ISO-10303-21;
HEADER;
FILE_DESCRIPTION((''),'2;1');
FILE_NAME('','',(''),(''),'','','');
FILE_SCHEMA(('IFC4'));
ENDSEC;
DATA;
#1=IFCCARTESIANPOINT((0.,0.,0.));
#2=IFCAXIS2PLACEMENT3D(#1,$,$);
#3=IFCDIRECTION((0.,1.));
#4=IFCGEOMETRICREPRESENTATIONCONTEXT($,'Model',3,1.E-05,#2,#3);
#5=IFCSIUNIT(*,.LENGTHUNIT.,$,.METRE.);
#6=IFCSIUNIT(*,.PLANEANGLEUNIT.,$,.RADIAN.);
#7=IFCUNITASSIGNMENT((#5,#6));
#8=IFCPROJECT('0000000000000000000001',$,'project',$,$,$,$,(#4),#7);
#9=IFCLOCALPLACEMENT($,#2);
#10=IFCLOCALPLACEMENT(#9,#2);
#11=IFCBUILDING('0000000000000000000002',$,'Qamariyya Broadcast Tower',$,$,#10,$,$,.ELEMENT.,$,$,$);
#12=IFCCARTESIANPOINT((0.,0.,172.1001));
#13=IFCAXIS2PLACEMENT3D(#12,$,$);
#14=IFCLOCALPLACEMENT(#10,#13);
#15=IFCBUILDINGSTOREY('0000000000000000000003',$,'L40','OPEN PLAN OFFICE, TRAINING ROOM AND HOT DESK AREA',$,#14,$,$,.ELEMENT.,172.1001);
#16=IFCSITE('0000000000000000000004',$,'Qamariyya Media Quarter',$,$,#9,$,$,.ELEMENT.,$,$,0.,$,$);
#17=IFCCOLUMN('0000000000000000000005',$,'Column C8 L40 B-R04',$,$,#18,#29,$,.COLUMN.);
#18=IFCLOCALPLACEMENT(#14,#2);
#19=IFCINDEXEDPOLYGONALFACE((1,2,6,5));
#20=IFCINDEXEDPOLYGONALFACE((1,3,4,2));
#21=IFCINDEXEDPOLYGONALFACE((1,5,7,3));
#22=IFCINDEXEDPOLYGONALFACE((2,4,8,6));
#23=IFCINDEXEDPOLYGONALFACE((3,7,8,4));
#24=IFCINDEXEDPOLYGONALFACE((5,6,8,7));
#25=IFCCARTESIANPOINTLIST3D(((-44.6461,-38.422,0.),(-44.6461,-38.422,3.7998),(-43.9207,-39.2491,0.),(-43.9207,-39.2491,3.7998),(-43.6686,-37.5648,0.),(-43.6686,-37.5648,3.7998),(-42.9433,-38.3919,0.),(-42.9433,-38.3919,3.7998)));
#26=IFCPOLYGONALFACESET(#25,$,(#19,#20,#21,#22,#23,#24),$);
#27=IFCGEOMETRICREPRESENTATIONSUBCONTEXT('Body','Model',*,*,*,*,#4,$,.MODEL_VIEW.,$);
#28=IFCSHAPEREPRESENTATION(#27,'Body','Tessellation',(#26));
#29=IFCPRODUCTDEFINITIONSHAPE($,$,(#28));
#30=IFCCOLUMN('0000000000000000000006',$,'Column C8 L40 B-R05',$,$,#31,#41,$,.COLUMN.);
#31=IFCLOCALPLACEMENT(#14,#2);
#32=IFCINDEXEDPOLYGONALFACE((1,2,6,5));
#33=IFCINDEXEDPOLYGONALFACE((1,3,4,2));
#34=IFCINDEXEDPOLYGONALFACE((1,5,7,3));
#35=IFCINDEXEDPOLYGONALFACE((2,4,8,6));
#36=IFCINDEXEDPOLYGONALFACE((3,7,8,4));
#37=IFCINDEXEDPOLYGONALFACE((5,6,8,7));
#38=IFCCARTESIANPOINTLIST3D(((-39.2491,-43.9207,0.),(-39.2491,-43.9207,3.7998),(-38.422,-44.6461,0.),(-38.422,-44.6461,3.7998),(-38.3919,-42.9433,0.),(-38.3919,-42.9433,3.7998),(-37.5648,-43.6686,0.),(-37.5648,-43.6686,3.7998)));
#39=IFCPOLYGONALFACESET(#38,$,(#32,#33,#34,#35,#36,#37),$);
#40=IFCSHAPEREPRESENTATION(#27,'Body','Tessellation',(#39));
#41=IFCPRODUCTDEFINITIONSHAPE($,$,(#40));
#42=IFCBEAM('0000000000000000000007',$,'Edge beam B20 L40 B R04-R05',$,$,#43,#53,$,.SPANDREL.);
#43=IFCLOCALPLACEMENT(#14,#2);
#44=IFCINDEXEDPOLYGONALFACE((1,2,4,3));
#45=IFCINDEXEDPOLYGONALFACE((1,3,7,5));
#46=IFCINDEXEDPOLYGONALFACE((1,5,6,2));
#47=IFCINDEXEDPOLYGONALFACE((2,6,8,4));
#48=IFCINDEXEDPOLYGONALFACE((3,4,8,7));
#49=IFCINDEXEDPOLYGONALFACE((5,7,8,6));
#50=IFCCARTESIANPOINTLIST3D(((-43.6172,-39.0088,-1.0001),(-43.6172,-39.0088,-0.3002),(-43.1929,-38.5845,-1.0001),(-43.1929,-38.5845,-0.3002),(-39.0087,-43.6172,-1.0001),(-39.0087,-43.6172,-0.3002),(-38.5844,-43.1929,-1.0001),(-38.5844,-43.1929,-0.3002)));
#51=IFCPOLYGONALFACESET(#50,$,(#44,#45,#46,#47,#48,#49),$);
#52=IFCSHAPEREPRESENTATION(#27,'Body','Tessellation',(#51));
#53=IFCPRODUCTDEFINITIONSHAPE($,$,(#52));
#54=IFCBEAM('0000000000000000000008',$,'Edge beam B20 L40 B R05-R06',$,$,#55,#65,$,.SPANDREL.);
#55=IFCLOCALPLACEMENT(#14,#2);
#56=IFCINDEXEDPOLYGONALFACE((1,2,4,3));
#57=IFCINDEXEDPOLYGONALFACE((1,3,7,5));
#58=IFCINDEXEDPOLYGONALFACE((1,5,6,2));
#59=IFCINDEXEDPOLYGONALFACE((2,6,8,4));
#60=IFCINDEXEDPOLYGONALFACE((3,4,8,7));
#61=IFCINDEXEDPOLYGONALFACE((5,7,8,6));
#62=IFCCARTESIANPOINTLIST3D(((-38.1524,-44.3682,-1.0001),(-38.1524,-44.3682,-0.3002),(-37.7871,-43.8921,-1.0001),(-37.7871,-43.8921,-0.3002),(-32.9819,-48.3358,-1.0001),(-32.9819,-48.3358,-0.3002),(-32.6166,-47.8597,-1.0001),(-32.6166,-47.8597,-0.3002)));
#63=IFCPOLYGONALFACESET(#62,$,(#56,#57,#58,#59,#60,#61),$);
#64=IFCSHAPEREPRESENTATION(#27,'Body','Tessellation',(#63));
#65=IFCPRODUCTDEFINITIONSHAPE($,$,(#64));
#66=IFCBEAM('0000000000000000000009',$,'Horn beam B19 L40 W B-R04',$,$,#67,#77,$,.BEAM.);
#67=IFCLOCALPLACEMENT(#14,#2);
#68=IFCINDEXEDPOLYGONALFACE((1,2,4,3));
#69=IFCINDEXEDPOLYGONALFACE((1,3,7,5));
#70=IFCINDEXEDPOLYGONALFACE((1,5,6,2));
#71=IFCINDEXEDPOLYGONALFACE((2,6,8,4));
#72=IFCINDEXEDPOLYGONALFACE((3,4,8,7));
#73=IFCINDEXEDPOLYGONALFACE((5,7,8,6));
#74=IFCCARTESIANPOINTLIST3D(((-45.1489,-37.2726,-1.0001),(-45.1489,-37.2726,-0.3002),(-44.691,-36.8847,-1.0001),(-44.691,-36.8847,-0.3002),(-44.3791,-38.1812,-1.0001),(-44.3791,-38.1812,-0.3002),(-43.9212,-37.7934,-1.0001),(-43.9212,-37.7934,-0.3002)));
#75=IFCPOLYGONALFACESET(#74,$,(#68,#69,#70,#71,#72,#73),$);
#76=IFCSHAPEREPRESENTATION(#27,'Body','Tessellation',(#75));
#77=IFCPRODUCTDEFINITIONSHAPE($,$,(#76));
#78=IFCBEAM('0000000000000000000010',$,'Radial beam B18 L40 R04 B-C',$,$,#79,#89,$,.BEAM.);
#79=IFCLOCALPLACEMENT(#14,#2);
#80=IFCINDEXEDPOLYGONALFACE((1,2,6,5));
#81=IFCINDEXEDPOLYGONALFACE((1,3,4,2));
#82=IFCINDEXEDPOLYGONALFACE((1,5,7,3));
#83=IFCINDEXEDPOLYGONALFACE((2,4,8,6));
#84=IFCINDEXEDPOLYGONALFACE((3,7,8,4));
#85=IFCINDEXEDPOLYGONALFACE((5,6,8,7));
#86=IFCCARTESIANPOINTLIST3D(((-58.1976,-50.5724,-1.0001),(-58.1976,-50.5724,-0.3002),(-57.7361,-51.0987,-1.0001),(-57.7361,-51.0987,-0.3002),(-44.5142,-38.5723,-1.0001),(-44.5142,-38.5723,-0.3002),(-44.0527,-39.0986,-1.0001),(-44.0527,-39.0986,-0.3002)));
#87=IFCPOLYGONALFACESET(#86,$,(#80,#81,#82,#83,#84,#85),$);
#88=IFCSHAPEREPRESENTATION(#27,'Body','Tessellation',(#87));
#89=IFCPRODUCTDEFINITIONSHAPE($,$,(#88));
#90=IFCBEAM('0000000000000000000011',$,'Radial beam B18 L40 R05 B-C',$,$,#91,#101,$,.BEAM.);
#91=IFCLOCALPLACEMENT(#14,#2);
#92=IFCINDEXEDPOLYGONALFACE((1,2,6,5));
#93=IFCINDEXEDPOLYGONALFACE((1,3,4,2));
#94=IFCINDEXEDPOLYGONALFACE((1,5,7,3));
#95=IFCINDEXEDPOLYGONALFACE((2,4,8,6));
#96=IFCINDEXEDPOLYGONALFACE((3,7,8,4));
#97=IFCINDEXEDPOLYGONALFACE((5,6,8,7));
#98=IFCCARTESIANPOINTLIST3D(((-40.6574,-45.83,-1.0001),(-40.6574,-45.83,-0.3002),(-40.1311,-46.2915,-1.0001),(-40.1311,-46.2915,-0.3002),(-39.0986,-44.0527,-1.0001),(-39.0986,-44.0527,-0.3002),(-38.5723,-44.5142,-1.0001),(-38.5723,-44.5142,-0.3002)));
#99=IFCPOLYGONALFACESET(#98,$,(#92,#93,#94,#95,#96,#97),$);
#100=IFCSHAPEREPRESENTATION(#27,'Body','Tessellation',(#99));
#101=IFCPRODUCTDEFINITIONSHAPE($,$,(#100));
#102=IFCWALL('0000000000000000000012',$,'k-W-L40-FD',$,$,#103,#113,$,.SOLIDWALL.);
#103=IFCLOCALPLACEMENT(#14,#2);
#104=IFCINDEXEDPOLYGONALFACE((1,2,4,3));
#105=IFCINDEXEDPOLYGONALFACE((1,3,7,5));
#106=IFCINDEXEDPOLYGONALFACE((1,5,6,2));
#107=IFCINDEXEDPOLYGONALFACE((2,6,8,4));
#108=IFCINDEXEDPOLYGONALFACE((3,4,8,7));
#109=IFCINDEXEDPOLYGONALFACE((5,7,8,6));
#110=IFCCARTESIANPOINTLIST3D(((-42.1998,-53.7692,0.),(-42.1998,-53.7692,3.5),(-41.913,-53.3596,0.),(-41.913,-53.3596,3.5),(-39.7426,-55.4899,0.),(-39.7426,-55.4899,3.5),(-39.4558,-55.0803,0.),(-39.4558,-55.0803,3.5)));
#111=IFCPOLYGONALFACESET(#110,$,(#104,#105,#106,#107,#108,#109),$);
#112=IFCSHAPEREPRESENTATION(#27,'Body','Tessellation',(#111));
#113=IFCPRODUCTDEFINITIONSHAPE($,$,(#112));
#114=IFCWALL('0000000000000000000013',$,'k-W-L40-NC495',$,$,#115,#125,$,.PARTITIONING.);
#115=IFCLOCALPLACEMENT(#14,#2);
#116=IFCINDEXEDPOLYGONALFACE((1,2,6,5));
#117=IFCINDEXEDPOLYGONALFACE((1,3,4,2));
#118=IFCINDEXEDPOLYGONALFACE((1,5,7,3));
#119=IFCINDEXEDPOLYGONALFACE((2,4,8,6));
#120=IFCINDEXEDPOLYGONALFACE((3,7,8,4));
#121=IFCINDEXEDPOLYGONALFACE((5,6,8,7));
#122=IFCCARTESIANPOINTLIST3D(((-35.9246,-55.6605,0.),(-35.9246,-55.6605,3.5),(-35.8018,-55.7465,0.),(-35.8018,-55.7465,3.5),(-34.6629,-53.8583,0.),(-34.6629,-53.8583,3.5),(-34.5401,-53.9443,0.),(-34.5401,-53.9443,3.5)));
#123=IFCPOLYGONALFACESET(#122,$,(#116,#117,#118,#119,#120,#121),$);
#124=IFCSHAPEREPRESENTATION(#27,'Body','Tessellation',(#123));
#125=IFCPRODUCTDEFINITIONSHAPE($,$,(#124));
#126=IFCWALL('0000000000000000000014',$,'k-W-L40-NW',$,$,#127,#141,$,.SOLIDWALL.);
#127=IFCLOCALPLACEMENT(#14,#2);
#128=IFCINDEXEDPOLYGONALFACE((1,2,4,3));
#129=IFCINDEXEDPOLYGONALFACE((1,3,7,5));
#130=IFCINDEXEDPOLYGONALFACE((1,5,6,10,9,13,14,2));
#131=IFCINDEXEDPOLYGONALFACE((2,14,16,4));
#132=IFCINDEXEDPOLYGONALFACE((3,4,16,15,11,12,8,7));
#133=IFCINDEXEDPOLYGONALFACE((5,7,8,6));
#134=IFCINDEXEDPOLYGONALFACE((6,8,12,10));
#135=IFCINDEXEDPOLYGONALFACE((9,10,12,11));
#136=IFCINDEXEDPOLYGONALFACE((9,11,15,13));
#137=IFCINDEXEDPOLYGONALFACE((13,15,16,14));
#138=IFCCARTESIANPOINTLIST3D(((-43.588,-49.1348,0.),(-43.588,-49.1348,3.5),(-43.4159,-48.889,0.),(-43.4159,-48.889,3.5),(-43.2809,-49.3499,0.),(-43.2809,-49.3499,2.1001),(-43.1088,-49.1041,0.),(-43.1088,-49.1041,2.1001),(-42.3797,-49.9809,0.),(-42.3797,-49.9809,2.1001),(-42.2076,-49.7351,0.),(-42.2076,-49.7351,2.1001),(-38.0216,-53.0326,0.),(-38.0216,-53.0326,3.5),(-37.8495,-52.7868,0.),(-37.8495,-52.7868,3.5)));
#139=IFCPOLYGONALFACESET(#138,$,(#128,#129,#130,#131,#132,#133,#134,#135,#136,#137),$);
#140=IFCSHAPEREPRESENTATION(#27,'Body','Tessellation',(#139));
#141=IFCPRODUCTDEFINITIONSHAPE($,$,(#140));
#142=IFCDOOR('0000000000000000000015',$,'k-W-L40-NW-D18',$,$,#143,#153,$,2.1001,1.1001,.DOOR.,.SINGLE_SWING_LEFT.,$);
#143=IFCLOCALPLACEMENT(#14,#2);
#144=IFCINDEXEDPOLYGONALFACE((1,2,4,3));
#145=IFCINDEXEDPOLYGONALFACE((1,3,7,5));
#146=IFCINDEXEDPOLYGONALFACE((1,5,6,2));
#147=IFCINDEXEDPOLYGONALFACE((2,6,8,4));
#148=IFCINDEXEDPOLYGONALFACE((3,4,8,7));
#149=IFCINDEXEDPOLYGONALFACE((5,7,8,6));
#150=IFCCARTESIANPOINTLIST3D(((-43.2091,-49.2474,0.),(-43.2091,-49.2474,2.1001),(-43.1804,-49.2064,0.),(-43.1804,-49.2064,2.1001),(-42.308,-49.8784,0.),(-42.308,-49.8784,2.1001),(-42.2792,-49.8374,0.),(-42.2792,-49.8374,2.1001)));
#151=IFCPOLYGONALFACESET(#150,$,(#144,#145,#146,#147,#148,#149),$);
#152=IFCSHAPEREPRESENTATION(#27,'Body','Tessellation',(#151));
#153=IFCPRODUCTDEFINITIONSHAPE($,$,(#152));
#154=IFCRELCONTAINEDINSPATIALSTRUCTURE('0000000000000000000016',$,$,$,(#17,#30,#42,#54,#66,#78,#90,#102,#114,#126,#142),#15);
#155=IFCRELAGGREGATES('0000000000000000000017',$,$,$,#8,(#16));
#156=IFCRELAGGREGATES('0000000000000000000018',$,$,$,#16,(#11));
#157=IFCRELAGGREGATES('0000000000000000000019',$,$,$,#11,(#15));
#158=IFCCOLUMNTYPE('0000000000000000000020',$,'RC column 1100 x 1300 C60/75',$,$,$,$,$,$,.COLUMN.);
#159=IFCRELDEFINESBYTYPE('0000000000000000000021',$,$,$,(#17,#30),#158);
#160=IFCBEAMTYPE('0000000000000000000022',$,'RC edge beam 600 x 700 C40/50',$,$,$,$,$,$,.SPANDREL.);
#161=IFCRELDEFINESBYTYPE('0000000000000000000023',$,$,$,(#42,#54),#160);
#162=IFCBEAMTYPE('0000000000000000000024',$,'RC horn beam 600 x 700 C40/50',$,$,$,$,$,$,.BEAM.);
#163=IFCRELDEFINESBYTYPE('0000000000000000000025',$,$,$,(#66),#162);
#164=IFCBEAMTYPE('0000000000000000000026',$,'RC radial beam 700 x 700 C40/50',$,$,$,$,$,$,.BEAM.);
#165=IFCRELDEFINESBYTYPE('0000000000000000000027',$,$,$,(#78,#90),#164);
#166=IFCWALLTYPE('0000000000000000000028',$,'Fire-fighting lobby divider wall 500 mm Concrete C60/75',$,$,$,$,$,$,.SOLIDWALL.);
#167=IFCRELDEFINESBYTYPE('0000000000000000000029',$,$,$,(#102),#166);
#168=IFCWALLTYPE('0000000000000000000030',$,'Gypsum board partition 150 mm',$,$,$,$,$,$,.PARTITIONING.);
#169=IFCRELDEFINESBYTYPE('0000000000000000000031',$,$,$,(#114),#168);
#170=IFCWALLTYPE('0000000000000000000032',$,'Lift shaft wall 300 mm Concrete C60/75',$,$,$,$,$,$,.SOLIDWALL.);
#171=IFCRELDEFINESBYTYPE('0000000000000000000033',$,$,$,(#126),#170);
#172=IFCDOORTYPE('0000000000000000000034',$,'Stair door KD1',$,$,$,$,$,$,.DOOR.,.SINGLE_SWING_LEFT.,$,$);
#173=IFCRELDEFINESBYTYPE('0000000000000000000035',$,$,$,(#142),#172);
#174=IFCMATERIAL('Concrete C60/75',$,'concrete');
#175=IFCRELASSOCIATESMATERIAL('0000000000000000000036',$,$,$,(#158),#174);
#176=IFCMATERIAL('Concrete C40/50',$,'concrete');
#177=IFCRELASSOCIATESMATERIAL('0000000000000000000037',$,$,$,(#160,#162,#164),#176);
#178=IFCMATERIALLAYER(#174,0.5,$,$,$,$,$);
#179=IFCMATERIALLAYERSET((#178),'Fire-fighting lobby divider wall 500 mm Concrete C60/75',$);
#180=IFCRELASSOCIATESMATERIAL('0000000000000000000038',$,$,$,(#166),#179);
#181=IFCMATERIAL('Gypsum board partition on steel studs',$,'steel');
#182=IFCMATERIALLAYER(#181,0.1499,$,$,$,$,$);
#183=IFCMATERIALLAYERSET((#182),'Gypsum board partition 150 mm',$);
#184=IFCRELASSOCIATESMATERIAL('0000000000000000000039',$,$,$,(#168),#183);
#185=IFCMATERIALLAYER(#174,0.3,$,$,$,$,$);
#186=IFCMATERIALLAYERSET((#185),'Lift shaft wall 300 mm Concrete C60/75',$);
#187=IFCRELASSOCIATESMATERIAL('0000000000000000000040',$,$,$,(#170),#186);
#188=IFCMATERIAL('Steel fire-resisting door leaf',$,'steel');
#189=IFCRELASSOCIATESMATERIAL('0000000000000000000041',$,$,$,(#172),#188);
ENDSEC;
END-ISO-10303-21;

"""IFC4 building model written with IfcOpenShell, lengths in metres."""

from ifc_helpers import new_model, si_unit, direction, frame, frame_2d, origin, origin_2d, place, context, subcontext, project, spatial, rectangle, extrude, material, layer, layer_set, material_profile, profile_set, type_object, element, fill, save


model = new_model("IFC4")

# Units and contexts
model_context = context("Model", 3, precision=1e-05, world=origin(), true_north=direction((0.0, 1.0)))
body_context = subcontext(model_context, "Body", "Model", "MODEL_VIEW")
ifc_project = project(units=[si_unit("LENGTHUNIT", "METRE"), si_unit("PLANEANGLEUNIT", "RADIAN")], contexts=[model_context])

# Site, building, storey
site_placement = place(None, origin())
site = spatial("IfcSite", under=ifc_project, at=site_placement, Name="Qamariyya Media Quarter", CompositionType="ELEMENT", RefElevation=0.0)
building_placement = place(site_placement, origin())
building = spatial("IfcBuilding", under=site, at=building_placement, Name="Qamariyya Broadcast Tower", CompositionType="ELEMENT")
storey_placement = place(building_placement, frame((0.0, 0.0, 172.1001)))
storey = spatial("IfcBuildingStorey", under=building, at=storey_placement, Name="L40", Description="OPEN PLAN OFFICE, TRAINING ROOM AND HOT DESK AREA", CompositionType="ELEMENT", Elevation=172.1001)

# Columns
ifc_material_1 = material(Name="Concrete C60/75", Category="concrete")
ifc_material_profile_1 = material_profile(ifc_material_1, rectangle(XDim=1.1001, YDim=1.3, at=origin_2d()))
ifc_profile_set_1 = profile_set([ifc_material_profile_1], Name="Concrete C60/75")
column_type = type_object("IfcColumnType", Name="RC column 1100 x 1300 C60/75", PredefinedType="COLUMN", material=ifc_profile_set_1)
for number, where, z_axis, x_axis, name in (
    (1, (-43.7947, -38.407, 0.0), (0.0, 0.0, 1.0), (0.659346, -0.75184, 0.0), "Column C8 L40 B-R04"),
    (2, (-38.407, -43.7947, 0.0), (0.0, 0.0, 1.0), (0.75184, -0.659346, 0.0), "Column C8 L40 B-R05"),
):
    element("IfcColumn", number, at=place(storey_placement, frame(where, z_axis=z_axis, x_axis=x_axis)), inside=storey, type_object=column_type, Name=name, PredefinedType="COLUMN", context=body_context, shape_type="SweptSolid", body=[
        extrude(rectangle(XDim=1.1001, YDim=1.3, at=origin_2d()), origin(), (0.0, 0.0, 1.0), 3.7998),
    ])

# Beams
ifc_material_2 = material(Name="Concrete C40/50", Category="concrete")
ifc_material_profile_2 = material_profile(ifc_material_2, rectangle(XDim=0.6001, YDim=0.7, at=origin_2d()))
ifc_profile_set_2 = profile_set([ifc_material_profile_2], Name="Concrete C40/50")
beam_type_1 = type_object("IfcBeamType", Name="RC edge beam 600 x 700 C40/50", PredefinedType="SPANDREL", material=ifc_profile_set_2)
for number, where, z_axis, x_axis, name in (
    (3, (-43.405, -38.7966, -0.6501), (0.707107, -0.707107, 0.0), (0.707107, 0.707107, 0.0), "Edge beam B20 L40 B R04-R05"),
    (4, (-37.9697, -44.1301, -0.6501), (0.793343, -0.608774, 0.0), (0.608774, 0.793343, 0.0), "Edge beam B20 L40 B R05-R06"),
):
    element("IfcBeam", number, at=place(storey_placement, frame(where, z_axis=z_axis, x_axis=x_axis)), inside=storey, type_object=beam_type_1, Name=name, PredefinedType="SPANDREL", context=body_context, shape_type="SweptSolid", body=[
        extrude(rectangle(XDim=0.6001, YDim=0.7, at=origin_2d()), origin(), (0.0, 0.0, 1.0), 6.5173),
    ])
ifc_material_profile_3 = material_profile(ifc_material_2, rectangle(XDim=0.6001, YDim=0.7, at=origin_2d()))
ifc_profile_set_3 = profile_set([ifc_material_profile_3], Name="Concrete C40/50")
beam_type_2 = type_object("IfcBeamType", Name="RC horn beam 600 x 700 C40/50", PredefinedType="BEAM", material=ifc_profile_set_3)
beam_1_placement = place(storey_placement, frame((-44.1501, -37.9873, -0.6501), z_axis=(-0.646374, 0.763021, 0.0), x_axis=(-0.763021, -0.646374, 0.0)))
element("IfcBeam", 5, at=beam_1_placement, inside=storey, type_object=beam_type_2, Name="Horn beam B19 L40 W B-R04", PredefinedType="BEAM", context=body_context, shape_type="SweptSolid", body=[
    extrude(rectangle(XDim=0.6001, YDim=0.7, at=origin_2d()), origin(), (0.0, 0.0, 1.0), 1.1909),
])
ifc_material_profile_4 = material_profile(ifc_material_2, rectangle(XDim=0.7, YDim=0.7, at=origin_2d()))
ifc_profile_set_4 = profile_set([ifc_material_profile_4], Name="Concrete C40/50")
beam_type_3 = type_object("IfcBeamType", Name="RC radial beam 700 x 700 C40/50", PredefinedType="BEAM", material=ifc_profile_set_4)
beam_2_placement = place(storey_placement, frame((-44.2834, -38.8354, -0.6501), z_axis=(-0.751839, -0.659347, 0.0), x_axis=(0.659347, -0.751839, 0.0)))
element("IfcBeam", 6, at=beam_2_placement, inside=storey, type_object=beam_type_3, Name="Radial beam B18 L40 R04 B-C", PredefinedType="BEAM", context=body_context, shape_type="SweptSolid", body=[
    extrude(rectangle(XDim=0.7, YDim=0.7, at=origin_2d()), origin(), (0.0, 0.0, 1.0), 18.2),
])
beam_3_placement = place(storey_placement, frame((-38.8354, -44.2834, -0.6501), z_axis=(-0.659382, -0.751809, 0.0), x_axis=(0.751809, -0.659382, 0.0)))
element("IfcBeam", 7, at=beam_3_placement, inside=storey, type_object=beam_type_3, Name="Radial beam B18 L40 R05 B-C", PredefinedType="BEAM", context=body_context, shape_type="SweptSolid", body=[
    extrude(rectangle(XDim=0.7, YDim=0.7, at=origin_2d()), origin(), (0.0, 0.0, 1.0), 2.364),
])

# Walls
ifc_layer_1 = layer(ifc_material_1, 0.5)
ifc_layer_set_1 = layer_set([ifc_layer_1], Name="Fire-fighting lobby divider wall 500 mm Concrete C60/75")
wall_type_1 = type_object("IfcWallType", Name="Fire-fighting lobby divider wall 500 mm Concrete C60/75", PredefinedType="SOLIDWALL", material=ifc_layer_set_1)
wall_1_placement = place(storey_placement, frame((-39.5991, -55.2852, 0.0), z_axis=(0.0, 0.0, 1.0), x_axis=(-0.819136, 0.573599, 0.0)))
element("IfcWall", 8, at=wall_1_placement, inside=storey, type_object=wall_type_1, Name="k-W-L40-FD", PredefinedType="SOLIDWALL", context=body_context, shape_type="SweptSolid", body=[
    extrude(rectangle(XDim=2.9998, YDim=0.5, at=frame_2d((1.5, 0.0))), origin(), (0.0, 0.0, 1.0), 3.5),
])
ifc_material_3 = material(Name="Gypsum board partition on steel studs", Category="steel")
ifc_layer_2 = layer(ifc_material_3, 0.1499)
ifc_layer_set_2 = layer_set([ifc_layer_2], Name="Gypsum board partition 150 mm")
wall_type_2 = type_object("IfcWallType", Name="Gypsum board partition 150 mm", PredefinedType="PARTITIONING", material=ifc_layer_set_2)
wall_2_placement = place(storey_placement, frame((-35.8633, -55.7036, 0.0), z_axis=(0.0, 0.0, 1.0), x_axis=(0.573507, 0.819201, 0.0)))
element("IfcWall", 9, at=wall_2_placement, inside=storey, type_object=wall_type_2, Name="k-W-L40-NC495", PredefinedType="PARTITIONING", context=body_context, shape_type="SweptSolid", body=[
    extrude(rectangle(XDim=2.2, YDim=0.1499, at=frame_2d((1.1001, 0.0))), origin(), (0.0, 0.0, 1.0), 3.5),
])

# Wall, opening, door
ifc_layer_3 = layer(ifc_material_1, 0.3)
ifc_layer_set_3 = layer_set([ifc_layer_3], Name="Lift shaft wall 300 mm Concrete C60/75")
wall_type_3 = type_object("IfcWallType", Name="Lift shaft wall 300 mm Concrete C60/75", PredefinedType="SOLIDWALL", material=ifc_layer_set_3)
wall_3_placement = place(storey_placement, frame((-37.9355, -52.9097, 0.0), z_axis=(0.0, 0.0, 1.0), x_axis=(-0.819148, 0.573583, 0.0)))
wall_3 = element("IfcWall", 10, at=wall_3_placement, inside=storey, type_object=wall_type_3, Name="k-W-L40-NW", PredefinedType="SOLIDWALL", context=body_context, shape_type="SweptSolid", body=[
    extrude(rectangle(XDim=6.7954, YDim=0.3, at=frame_2d((3.3977, 0.0))), origin(), (0.0, 0.0, 1.0), 3.5),
])
opening_1_placement = place(wall_3_placement, frame((5.3203, 0.0, 0.0)))
opening_1 = element("IfcOpeningElement", 11, at=opening_1_placement, cuts=wall_3, PredefinedType="OPENING", context=body_context, shape_type="SweptSolid", body=[
    extrude(rectangle(XDim=1.1001, YDim=2.1001, at=frame_2d((0.55, 1.05))), frame((0.0, 0.1599, 0.0), z_axis=(0.0, -1.0, 0.0), x_axis=(1.0, 0.0, 0.0)), (0.0, 0.0, 1.0), 0.3201),
])
ifc_material_4 = material(Name="Steel fire-resisting door leaf", Category="steel")
door_type_1 = type_object("IfcDoorType", Name="Stair door KD1", OperationType="SINGLE_SWING_LEFT", PredefinedType="DOOR", material=ifc_material_4)
door_1_placement = place(opening_1_placement, origin())
door_1 = element("IfcDoor", 12, at=door_1_placement, inside=storey, type_object=door_type_1, Name="k-W-L40-NW-D18", OperationType="SINGLE_SWING_LEFT", OverallHeight=2.1001, OverallWidth=1.1001, PredefinedType="DOOR", context=body_context, shape_type="SweptSolid", body=[
    extrude(rectangle(XDim=1.1001, YDim=2.1001, at=frame_2d((0.55, 1.05))), frame((0.0, 0.0249, 0.0), z_axis=(0.0, -1.0, 0.0), x_axis=(1.0, 0.0, 0.0)), (0.0, 0.0, 1.0), 0.05),
])
fill(opening_1, door_1)

save(model, "model.ifc")
